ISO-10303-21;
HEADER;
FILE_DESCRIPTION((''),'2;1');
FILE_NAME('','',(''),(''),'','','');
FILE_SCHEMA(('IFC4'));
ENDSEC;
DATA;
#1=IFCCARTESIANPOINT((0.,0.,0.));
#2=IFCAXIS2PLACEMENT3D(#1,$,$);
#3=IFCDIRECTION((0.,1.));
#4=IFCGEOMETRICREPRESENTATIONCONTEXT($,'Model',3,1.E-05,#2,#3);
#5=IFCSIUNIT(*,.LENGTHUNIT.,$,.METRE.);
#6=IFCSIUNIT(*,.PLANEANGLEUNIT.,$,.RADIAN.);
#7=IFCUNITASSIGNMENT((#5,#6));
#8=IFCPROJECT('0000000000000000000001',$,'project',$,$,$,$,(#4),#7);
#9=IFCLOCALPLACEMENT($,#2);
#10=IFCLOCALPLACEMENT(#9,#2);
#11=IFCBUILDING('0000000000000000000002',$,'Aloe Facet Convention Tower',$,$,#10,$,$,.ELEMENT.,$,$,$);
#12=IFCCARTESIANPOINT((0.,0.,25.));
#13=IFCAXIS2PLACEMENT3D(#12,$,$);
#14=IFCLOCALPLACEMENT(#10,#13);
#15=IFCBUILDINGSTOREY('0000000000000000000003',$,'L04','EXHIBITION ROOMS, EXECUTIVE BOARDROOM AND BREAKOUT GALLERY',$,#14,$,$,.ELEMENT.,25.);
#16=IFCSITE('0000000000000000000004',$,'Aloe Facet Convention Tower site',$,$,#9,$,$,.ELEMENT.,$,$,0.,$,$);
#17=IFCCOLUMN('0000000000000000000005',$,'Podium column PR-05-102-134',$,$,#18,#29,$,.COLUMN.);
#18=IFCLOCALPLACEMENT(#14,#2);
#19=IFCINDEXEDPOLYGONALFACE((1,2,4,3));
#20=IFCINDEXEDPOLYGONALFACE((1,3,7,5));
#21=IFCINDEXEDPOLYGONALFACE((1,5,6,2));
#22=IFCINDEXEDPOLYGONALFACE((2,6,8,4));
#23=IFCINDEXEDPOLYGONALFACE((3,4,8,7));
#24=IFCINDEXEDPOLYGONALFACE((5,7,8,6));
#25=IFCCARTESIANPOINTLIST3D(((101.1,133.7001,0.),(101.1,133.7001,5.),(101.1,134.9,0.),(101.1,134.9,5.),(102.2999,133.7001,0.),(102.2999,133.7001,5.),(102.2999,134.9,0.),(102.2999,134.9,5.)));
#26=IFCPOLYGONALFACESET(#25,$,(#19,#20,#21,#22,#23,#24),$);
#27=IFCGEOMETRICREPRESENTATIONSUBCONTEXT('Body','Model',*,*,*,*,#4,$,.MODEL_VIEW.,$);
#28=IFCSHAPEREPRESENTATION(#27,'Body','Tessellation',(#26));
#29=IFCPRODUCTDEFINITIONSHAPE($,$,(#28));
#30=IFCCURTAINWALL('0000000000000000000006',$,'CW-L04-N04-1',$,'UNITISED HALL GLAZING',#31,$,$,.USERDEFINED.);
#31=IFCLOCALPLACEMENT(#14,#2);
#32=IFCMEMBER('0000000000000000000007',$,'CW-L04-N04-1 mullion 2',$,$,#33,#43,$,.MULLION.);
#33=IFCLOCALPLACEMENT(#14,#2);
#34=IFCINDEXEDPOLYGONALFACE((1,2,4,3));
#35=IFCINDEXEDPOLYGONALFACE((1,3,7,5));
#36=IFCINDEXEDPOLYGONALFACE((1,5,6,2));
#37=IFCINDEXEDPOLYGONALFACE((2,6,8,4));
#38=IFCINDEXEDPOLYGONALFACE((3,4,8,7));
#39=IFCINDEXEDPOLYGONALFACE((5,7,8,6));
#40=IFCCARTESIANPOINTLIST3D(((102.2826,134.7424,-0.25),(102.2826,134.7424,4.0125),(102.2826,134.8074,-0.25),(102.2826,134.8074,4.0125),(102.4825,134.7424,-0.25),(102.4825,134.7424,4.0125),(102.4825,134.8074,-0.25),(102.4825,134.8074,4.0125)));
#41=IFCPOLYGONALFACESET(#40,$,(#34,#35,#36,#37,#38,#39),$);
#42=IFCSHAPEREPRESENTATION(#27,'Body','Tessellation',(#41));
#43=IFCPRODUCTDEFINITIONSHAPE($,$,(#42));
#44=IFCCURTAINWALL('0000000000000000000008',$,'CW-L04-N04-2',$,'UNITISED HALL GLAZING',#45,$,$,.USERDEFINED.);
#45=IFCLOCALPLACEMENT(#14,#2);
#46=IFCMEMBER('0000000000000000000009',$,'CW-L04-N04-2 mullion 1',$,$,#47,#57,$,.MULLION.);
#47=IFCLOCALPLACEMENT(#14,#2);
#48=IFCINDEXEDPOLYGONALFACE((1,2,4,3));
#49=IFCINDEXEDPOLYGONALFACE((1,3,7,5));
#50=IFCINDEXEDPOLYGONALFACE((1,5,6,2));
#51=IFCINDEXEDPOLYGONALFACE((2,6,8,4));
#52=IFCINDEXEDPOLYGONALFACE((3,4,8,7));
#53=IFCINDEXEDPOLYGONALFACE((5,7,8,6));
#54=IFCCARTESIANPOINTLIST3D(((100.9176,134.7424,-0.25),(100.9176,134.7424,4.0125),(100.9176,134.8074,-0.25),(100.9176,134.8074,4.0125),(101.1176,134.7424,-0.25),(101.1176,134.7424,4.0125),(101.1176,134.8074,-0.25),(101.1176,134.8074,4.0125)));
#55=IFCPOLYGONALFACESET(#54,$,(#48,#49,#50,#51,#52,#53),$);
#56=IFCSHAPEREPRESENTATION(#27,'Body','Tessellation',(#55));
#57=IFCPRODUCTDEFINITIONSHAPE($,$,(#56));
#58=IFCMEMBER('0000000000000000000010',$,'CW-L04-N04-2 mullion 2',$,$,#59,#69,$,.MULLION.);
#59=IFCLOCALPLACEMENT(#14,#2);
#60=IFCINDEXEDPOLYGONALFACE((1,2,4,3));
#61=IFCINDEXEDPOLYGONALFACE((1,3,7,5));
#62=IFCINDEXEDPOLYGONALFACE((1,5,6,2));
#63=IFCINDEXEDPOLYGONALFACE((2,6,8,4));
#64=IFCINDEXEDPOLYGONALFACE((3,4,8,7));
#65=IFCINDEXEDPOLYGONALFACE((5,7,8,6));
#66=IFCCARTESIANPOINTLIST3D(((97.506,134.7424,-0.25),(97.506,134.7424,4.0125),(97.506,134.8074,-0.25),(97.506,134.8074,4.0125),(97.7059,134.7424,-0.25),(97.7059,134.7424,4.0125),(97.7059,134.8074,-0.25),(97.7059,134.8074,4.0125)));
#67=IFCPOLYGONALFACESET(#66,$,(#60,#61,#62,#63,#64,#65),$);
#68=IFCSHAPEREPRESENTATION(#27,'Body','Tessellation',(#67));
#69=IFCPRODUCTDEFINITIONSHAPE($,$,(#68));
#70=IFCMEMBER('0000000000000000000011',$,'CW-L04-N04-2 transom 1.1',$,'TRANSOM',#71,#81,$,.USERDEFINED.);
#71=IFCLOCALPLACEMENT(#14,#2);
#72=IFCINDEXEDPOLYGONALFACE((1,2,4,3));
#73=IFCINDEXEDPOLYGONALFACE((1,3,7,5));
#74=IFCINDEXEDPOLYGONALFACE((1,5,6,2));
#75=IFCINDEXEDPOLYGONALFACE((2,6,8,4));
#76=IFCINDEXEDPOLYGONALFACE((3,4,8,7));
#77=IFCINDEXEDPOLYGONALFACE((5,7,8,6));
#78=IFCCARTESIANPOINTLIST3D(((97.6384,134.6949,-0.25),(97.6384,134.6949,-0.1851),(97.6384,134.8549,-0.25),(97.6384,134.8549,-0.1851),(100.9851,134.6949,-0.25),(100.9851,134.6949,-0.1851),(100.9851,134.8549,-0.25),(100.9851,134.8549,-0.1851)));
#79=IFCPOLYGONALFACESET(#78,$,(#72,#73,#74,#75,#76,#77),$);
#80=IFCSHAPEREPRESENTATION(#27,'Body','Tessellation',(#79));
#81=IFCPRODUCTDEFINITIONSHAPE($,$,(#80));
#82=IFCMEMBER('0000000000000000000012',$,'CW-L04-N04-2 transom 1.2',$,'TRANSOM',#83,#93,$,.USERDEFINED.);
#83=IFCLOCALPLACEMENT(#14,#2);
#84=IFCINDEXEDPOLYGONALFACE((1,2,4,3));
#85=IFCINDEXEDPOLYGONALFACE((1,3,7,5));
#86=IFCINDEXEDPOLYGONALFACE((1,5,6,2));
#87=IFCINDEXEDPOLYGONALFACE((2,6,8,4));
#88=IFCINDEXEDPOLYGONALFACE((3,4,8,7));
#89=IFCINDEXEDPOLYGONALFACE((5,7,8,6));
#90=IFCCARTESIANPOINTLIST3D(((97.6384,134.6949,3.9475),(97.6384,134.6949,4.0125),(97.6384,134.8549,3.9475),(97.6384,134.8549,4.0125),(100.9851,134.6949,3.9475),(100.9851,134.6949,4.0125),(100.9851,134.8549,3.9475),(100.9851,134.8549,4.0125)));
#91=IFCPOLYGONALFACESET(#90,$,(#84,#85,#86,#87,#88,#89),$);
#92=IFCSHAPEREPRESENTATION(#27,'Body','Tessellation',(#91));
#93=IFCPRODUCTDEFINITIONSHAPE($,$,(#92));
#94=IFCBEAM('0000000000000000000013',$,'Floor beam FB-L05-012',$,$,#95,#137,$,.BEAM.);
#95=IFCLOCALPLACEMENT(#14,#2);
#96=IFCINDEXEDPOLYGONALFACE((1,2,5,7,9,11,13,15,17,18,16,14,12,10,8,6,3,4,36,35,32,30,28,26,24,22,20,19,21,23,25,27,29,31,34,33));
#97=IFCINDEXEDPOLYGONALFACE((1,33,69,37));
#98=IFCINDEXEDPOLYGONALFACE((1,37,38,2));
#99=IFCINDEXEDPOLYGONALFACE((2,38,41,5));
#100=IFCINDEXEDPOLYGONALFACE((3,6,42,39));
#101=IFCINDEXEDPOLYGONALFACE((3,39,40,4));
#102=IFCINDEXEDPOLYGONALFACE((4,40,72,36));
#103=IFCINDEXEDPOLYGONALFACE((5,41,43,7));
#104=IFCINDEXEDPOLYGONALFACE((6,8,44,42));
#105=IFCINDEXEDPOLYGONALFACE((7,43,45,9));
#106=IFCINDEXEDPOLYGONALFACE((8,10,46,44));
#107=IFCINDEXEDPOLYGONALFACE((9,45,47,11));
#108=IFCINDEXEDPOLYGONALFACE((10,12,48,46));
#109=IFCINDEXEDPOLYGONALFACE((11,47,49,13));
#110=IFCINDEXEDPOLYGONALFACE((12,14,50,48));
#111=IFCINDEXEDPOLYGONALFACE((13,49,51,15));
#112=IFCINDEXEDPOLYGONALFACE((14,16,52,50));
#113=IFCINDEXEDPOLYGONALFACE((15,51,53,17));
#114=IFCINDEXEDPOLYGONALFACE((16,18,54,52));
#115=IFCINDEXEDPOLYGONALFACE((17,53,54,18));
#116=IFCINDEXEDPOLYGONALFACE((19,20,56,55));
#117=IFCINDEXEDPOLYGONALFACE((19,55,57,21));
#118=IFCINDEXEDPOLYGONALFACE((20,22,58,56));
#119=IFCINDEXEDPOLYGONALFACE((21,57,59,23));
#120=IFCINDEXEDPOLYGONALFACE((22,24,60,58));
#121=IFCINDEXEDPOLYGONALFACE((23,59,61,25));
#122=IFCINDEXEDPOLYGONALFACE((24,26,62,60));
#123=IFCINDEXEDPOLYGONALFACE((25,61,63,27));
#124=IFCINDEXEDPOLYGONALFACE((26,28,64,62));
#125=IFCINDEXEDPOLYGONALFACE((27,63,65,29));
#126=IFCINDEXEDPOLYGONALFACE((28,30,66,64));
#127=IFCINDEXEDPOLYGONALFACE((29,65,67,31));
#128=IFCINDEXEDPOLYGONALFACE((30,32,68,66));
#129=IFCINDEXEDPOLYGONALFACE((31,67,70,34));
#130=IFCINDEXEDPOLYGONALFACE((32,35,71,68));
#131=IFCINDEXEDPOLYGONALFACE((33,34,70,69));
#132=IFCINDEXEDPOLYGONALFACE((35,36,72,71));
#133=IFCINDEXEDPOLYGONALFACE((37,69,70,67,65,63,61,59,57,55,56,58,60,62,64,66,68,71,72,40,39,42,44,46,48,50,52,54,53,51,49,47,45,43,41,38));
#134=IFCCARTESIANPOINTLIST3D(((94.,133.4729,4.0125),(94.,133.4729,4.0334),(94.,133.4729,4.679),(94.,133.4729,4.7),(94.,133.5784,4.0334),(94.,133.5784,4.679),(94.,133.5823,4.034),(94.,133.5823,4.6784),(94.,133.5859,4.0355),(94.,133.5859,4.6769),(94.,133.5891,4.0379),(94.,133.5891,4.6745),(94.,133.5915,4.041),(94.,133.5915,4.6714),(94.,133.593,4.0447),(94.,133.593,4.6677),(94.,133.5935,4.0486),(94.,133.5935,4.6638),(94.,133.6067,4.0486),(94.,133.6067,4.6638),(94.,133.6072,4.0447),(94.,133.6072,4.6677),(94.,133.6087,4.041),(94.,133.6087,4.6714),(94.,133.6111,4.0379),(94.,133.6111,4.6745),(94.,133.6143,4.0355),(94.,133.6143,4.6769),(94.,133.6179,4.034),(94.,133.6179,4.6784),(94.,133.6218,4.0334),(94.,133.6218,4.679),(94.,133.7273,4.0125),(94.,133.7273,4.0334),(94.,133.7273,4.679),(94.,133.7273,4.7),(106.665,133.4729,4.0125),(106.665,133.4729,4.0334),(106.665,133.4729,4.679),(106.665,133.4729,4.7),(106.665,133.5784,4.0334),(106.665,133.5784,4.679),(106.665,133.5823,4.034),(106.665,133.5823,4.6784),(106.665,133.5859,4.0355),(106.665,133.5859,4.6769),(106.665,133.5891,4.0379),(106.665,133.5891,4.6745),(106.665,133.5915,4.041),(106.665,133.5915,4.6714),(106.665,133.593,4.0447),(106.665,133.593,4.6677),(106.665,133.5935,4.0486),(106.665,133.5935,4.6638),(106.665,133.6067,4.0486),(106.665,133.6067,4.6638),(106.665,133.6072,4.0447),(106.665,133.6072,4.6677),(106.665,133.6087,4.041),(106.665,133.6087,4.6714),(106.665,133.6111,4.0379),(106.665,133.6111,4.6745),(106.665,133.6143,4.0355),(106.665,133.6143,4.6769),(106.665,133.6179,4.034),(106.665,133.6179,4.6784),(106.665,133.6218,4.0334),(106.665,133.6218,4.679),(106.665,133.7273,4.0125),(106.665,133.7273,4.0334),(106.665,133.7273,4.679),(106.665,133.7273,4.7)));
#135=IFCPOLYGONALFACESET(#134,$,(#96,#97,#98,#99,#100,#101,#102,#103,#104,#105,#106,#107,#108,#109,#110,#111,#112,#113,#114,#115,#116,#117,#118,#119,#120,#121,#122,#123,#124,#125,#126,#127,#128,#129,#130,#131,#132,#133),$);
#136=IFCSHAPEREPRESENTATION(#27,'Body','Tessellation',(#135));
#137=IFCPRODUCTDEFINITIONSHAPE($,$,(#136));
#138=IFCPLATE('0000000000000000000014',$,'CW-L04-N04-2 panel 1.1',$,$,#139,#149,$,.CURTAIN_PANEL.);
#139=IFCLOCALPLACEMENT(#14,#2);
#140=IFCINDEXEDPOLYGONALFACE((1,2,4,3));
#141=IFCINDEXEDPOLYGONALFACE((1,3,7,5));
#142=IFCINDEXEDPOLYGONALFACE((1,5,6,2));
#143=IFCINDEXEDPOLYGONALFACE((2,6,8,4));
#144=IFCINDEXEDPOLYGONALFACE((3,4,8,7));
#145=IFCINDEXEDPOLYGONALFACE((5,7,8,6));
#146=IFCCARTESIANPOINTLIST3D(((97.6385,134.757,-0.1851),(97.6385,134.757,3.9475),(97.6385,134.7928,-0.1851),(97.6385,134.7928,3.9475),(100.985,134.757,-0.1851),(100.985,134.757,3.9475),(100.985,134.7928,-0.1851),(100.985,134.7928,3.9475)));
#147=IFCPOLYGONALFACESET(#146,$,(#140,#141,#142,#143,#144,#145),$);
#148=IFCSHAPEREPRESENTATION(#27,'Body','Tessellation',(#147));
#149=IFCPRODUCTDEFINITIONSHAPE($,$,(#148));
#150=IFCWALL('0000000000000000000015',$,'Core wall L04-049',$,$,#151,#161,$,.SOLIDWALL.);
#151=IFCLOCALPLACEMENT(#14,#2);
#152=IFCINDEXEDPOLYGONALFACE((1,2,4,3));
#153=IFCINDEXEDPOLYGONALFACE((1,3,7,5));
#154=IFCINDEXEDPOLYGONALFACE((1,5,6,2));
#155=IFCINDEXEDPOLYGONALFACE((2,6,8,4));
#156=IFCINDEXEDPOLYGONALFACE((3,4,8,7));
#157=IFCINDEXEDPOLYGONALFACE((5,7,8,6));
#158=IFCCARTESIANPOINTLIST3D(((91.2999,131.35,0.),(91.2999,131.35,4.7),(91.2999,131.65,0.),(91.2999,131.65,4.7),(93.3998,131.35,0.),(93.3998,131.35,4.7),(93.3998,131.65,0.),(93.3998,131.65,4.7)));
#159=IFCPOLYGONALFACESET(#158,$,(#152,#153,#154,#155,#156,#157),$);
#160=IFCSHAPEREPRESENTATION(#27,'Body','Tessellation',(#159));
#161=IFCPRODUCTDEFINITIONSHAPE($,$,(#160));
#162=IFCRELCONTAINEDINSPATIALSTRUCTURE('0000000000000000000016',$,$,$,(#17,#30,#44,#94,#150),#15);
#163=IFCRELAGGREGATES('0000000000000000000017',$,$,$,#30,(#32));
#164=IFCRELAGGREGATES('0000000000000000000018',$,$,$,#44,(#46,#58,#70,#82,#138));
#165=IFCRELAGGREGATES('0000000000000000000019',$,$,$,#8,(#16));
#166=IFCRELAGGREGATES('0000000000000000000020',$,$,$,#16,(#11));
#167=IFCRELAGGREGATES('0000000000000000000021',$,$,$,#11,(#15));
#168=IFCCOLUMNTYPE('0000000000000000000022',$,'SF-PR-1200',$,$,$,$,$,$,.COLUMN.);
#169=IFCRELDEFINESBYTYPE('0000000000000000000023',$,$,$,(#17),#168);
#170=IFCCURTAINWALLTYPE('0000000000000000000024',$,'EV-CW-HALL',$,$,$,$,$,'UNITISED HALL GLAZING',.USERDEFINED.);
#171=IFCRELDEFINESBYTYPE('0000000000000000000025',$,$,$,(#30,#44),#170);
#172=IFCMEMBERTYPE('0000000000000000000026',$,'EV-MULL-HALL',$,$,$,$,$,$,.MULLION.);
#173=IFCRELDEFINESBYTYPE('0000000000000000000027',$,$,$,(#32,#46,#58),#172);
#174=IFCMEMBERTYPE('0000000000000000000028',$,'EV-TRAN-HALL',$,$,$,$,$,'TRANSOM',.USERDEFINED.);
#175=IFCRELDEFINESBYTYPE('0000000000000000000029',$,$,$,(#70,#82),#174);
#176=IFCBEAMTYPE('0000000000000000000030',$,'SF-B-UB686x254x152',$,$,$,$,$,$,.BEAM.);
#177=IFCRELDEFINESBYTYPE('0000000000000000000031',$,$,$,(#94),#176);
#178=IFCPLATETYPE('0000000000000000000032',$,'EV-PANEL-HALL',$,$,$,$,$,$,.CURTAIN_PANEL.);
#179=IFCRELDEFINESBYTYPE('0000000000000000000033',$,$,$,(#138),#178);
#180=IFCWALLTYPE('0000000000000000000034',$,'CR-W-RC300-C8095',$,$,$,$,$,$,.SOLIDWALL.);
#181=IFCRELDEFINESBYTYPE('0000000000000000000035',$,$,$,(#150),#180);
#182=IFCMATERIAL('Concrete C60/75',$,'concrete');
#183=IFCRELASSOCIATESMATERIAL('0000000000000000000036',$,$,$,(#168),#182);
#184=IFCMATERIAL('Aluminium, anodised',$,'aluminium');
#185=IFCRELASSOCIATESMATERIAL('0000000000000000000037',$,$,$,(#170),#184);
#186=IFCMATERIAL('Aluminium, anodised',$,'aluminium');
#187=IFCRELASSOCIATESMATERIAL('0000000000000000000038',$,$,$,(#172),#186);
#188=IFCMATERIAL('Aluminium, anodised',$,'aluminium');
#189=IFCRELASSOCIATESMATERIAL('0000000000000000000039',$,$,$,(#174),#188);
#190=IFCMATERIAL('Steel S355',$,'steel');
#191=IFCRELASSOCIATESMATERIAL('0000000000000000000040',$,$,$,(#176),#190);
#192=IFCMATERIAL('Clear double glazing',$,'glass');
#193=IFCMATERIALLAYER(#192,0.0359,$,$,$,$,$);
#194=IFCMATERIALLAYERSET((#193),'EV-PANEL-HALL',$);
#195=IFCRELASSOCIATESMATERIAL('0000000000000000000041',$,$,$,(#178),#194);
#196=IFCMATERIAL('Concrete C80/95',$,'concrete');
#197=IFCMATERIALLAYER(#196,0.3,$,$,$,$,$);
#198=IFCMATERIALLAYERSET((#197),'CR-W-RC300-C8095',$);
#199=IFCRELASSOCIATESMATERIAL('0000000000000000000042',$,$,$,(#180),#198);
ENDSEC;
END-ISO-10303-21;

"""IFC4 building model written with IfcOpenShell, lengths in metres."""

from ifc_helpers import new_model, si_unit, direction, frame, frame_2d, origin, origin_2d, place, context, subcontext, project, spatial, rectangle, i_section, extrude, material, layer, layer_set, material_profile, profile_set, type_object, element, aggregate, save


model = new_model("IFC4")

# Units and contexts
model_context = context("Model", 3, precision=1e-05, world=origin(), true_north=direction((0.0, 1.0)))
body_context = subcontext(model_context, "Body", "Model", "MODEL_VIEW")
ifc_project = project(units=[si_unit("LENGTHUNIT", "METRE"), si_unit("PLANEANGLEUNIT", "RADIAN")], contexts=[model_context])

# Site, building, storey
site_placement = place(None, origin())
site = spatial("IfcSite", under=ifc_project, at=site_placement, Name="Aloe Facet Convention Tower site", CompositionType="ELEMENT", RefElevation=0.0)
building_placement = place(site_placement, origin())
building = spatial("IfcBuilding", under=site, at=building_placement, Name="Aloe Facet Convention Tower", CompositionType="ELEMENT")
storey_placement = place(building_placement, frame((0.0, 0.0, 25.0)))
storey = spatial("IfcBuildingStorey", under=building, at=storey_placement, Name="L04", Description="EXHIBITION ROOMS, EXECUTIVE BOARDROOM AND BREAKOUT GALLERY", CompositionType="ELEMENT", Elevation=25.0)

# Column
ifc_material_1 = material(Name="Concrete C60/75", Category="concrete")
ifc_material_profile_1 = material_profile(ifc_material_1, rectangle(XDim=1.2, YDim=1.2, at=origin_2d()), Name="SF-PR-1200")
ifc_profile_set_1 = profile_set([ifc_material_profile_1], Name="Concrete C60/75")
column_type = type_object("IfcColumnType", Name="SF-PR-1200", PredefinedType="COLUMN", material=ifc_profile_set_1)
column_placement = place(storey_placement, frame((101.7, 134.3, 0.0), z_axis=(0.0, 0.0, 1.0), x_axis=(1.0, 0.0, 0.0)))
element("IfcColumn", 1, at=column_placement, inside=storey, type_object=column_type, Name="Podium column PR-05-102-134", PredefinedType="COLUMN", context=body_context, shape_type="SweptSolid", body=[
    extrude(rectangle(XDim=1.2, YDim=1.2, at=origin_2d()), origin(), (0.0, 0.0, 1.0), 5.0),
])

# Curtain wall, member
ifc_material_2 = material(Name="Aluminium, anodised", Category="aluminium")
curtain_wall_type = type_object("IfcCurtainWallType", Name="EV-CW-HALL", ElementType="UNITISED HALL GLAZING", PredefinedType="USERDEFINED", material=ifc_material_2)
curtain_wall_1_placement = place(storey_placement, origin())
curtain_wall_1 = element("IfcCurtainWall", 2, at=curtain_wall_1_placement, inside=storey, type_object=curtain_wall_type, Name="CW-L04-N04-1", ObjectType="UNITISED HALL GLAZING", PredefinedType="USERDEFINED")
ifc_material_3 = material(Name="Aluminium, anodised", Category="aluminium")
ifc_material_profile_2 = material_profile(ifc_material_3, rectangle(XDim=0.0649, YDim=0.2, at=origin_2d()), Name="AL 65x200")
ifc_profile_set_2 = profile_set([ifc_material_profile_2], Name="Aluminium, anodised")
member_type_1 = type_object("IfcMemberType", Name="EV-MULL-HALL", PredefinedType="MULLION", material=ifc_profile_set_2)
member_1_placement = place(storey_placement, frame((102.3826, 134.7749, -0.25), z_axis=(0.0, 0.0, 1.0), x_axis=(0.0, -1.0, 0.0)))
member_1 = element("IfcMember", 3, at=member_1_placement, type_object=member_type_1, Name="CW-L04-N04-1 mullion 2", PredefinedType="MULLION", context=body_context, shape_type="SweptSolid", body=[
    extrude(rectangle(XDim=0.0649, YDim=0.2, at=origin_2d()), origin(), (0.0, 0.0, 1.0), 4.2625),
])
aggregate(curtain_wall_1, [member_1])

# Curtain wall, members
curtain_wall_2_placement = place(storey_placement, origin())
curtain_wall_2 = element("IfcCurtainWall", 4, at=curtain_wall_2_placement, inside=storey, type_object=curtain_wall_type, Name="CW-L04-N04-2", ObjectType="UNITISED HALL GLAZING", PredefinedType="USERDEFINED")
member_2_placement = place(storey_placement, frame((101.0176, 134.7749, -0.25), z_axis=(0.0, 0.0, 1.0), x_axis=(0.0, -1.0, 0.0)))
member_2 = element("IfcMember", 5, at=member_2_placement, type_object=member_type_1, Name="CW-L04-N04-2 mullion 1", PredefinedType="MULLION", context=body_context, shape_type="SweptSolid", body=[
    extrude(rectangle(XDim=0.0649, YDim=0.2, at=origin_2d()), origin(), (0.0, 0.0, 1.0), 4.2625),
])
member_3_placement = place(storey_placement, frame((97.606, 134.7749, -0.25), z_axis=(0.0, 0.0, 1.0), x_axis=(0.0, -1.0, 0.0)))
member_3 = element("IfcMember", 6, at=member_3_placement, type_object=member_type_1, Name="CW-L04-N04-2 mullion 2", PredefinedType="MULLION", context=body_context, shape_type="SweptSolid", body=[
    extrude(rectangle(XDim=0.0649, YDim=0.2, at=origin_2d()), origin(), (0.0, 0.0, 1.0), 4.2625),
])
ifc_material_4 = material(Name="Aluminium, anodised", Category="aluminium")
ifc_material_profile_3 = material_profile(ifc_material_4, rectangle(XDim=0.1599, YDim=0.0649, at=origin_2d()), Name="AL 160x65")
ifc_profile_set_3 = profile_set([ifc_material_profile_3], Name="Aluminium, anodised")
member_type_2 = type_object("IfcMemberType", Name="EV-TRAN-HALL", ElementType="TRANSOM", PredefinedType="USERDEFINED", material=ifc_profile_set_3)
member_4_placement = place(storey_placement, frame((100.9851, 134.7749, -0.2175), z_axis=(-1.0, 0.0, 0.0), x_axis=(0.0, -1.0, 0.0)))
member_4 = element("IfcMember", 7, at=member_4_placement, type_object=member_type_2, Name="CW-L04-N04-2 transom 1.1", ObjectType="TRANSOM", PredefinedType="USERDEFINED", context=body_context, shape_type="SweptSolid", body=[
    extrude(rectangle(XDim=0.1599, YDim=0.0649, at=origin_2d()), origin(), (0.0, 0.0, 1.0), 3.3467),
])
member_5_placement = place(storey_placement, frame((100.9851, 134.7749, 3.98), z_axis=(-1.0, 0.0, 0.0), x_axis=(0.0, -1.0, 0.0)))
member_5 = element("IfcMember", 8, at=member_5_placement, type_object=member_type_2, Name="CW-L04-N04-2 transom 1.2", ObjectType="TRANSOM", PredefinedType="USERDEFINED", context=body_context, shape_type="SweptSolid", body=[
    extrude(rectangle(XDim=0.1599, YDim=0.0649, at=origin_2d()), origin(), (0.0, 0.0, 1.0), 3.3467),
])

# Beam
ifc_material_5 = material(Name="Steel S355", Category="steel")
ifc_material_profile_4 = material_profile(ifc_material_5, i_section(OverallWidth=0.2544, OverallDepth=0.6875, WebThickness=0.0132, FlangeThickness=0.021, FilletRadius=0.0151, at=origin_2d()), Name="UB 686x254x152")
ifc_profile_set_4 = profile_set([ifc_material_profile_4], Name="Steel S355")
beam_type = type_object("IfcBeamType", Name="SF-B-UB686x254x152", PredefinedType="BEAM", material=ifc_profile_set_4)
beam_placement = place(storey_placement, frame((94.0, 133.6001, 4.3562), z_axis=(1.0, 0.0, 0.0), x_axis=(0.0, 1.0, 0.0)))
element("IfcBeam", 9, at=beam_placement, inside=storey, type_object=beam_type, Name="Floor beam FB-L05-012", PredefinedType="BEAM", context=body_context, shape_type="SweptSolid", body=[
    extrude(i_section(OverallWidth=0.2544, OverallDepth=0.6875, WebThickness=0.0132, FlangeThickness=0.021, FilletRadius=0.0151, at=origin_2d()), origin(), (0.0, 0.0, 1.0), 12.665),
])

# Plate
ifc_material_6 = material(Name="Clear double glazing", Category="glass")
ifc_layer_1 = layer(ifc_material_6, 0.0359)
ifc_layer_set_1 = layer_set([ifc_layer_1], Name="EV-PANEL-HALL")
plate_type = type_object("IfcPlateType", Name="EV-PANEL-HALL", PredefinedType="CURTAIN_PANEL", material=ifc_layer_set_1)
plate_placement = place(storey_placement, frame((99.3118, 134.7749, -0.1851), z_axis=(0.0, 0.0, 1.0), x_axis=(-1.0, 0.0, 0.0)))
plate = element("IfcPlate", 10, at=plate_placement, type_object=plate_type, Name="CW-L04-N04-2 panel 1.1", PredefinedType="CURTAIN_PANEL", context=body_context, shape_type="SweptSolid", body=[
    extrude(rectangle(XDim=3.3464, YDim=0.0359, at=origin_2d()), origin(), (0.0, 0.0, 1.0), 4.1326),
])
aggregate(curtain_wall_2, [member_2, member_3, member_4, member_5, plate])

# Wall
ifc_material_7 = material(Name="Concrete C80/95", Category="concrete")
ifc_layer_2 = layer(ifc_material_7, 0.3)
ifc_layer_set_2 = layer_set([ifc_layer_2], Name="CR-W-RC300-C8095")
wall_type_1 = type_object("IfcWallType", Name="CR-W-RC300-C8095", PredefinedType="SOLIDWALL", material=ifc_layer_set_2)
wall_1_placement = place(storey_placement, frame((91.3, 131.5, 0.0), z_axis=(0.0, 0.0, 1.0), x_axis=(1.0, 0.0, 0.0)))
element("IfcWall", 11, at=wall_1_placement, inside=storey, type_object=wall_type_1, Name="Core wall L04-049", PredefinedType="SOLIDWALL", context=body_context, shape_type="SweptSolid", body=[
    extrude(rectangle(XDim=2.0999, YDim=0.3, at=frame_2d((1.0498, 0.0))), origin(), (0.0, 0.0, 1.0), 4.7),
])

save(model, "model.ifc")
